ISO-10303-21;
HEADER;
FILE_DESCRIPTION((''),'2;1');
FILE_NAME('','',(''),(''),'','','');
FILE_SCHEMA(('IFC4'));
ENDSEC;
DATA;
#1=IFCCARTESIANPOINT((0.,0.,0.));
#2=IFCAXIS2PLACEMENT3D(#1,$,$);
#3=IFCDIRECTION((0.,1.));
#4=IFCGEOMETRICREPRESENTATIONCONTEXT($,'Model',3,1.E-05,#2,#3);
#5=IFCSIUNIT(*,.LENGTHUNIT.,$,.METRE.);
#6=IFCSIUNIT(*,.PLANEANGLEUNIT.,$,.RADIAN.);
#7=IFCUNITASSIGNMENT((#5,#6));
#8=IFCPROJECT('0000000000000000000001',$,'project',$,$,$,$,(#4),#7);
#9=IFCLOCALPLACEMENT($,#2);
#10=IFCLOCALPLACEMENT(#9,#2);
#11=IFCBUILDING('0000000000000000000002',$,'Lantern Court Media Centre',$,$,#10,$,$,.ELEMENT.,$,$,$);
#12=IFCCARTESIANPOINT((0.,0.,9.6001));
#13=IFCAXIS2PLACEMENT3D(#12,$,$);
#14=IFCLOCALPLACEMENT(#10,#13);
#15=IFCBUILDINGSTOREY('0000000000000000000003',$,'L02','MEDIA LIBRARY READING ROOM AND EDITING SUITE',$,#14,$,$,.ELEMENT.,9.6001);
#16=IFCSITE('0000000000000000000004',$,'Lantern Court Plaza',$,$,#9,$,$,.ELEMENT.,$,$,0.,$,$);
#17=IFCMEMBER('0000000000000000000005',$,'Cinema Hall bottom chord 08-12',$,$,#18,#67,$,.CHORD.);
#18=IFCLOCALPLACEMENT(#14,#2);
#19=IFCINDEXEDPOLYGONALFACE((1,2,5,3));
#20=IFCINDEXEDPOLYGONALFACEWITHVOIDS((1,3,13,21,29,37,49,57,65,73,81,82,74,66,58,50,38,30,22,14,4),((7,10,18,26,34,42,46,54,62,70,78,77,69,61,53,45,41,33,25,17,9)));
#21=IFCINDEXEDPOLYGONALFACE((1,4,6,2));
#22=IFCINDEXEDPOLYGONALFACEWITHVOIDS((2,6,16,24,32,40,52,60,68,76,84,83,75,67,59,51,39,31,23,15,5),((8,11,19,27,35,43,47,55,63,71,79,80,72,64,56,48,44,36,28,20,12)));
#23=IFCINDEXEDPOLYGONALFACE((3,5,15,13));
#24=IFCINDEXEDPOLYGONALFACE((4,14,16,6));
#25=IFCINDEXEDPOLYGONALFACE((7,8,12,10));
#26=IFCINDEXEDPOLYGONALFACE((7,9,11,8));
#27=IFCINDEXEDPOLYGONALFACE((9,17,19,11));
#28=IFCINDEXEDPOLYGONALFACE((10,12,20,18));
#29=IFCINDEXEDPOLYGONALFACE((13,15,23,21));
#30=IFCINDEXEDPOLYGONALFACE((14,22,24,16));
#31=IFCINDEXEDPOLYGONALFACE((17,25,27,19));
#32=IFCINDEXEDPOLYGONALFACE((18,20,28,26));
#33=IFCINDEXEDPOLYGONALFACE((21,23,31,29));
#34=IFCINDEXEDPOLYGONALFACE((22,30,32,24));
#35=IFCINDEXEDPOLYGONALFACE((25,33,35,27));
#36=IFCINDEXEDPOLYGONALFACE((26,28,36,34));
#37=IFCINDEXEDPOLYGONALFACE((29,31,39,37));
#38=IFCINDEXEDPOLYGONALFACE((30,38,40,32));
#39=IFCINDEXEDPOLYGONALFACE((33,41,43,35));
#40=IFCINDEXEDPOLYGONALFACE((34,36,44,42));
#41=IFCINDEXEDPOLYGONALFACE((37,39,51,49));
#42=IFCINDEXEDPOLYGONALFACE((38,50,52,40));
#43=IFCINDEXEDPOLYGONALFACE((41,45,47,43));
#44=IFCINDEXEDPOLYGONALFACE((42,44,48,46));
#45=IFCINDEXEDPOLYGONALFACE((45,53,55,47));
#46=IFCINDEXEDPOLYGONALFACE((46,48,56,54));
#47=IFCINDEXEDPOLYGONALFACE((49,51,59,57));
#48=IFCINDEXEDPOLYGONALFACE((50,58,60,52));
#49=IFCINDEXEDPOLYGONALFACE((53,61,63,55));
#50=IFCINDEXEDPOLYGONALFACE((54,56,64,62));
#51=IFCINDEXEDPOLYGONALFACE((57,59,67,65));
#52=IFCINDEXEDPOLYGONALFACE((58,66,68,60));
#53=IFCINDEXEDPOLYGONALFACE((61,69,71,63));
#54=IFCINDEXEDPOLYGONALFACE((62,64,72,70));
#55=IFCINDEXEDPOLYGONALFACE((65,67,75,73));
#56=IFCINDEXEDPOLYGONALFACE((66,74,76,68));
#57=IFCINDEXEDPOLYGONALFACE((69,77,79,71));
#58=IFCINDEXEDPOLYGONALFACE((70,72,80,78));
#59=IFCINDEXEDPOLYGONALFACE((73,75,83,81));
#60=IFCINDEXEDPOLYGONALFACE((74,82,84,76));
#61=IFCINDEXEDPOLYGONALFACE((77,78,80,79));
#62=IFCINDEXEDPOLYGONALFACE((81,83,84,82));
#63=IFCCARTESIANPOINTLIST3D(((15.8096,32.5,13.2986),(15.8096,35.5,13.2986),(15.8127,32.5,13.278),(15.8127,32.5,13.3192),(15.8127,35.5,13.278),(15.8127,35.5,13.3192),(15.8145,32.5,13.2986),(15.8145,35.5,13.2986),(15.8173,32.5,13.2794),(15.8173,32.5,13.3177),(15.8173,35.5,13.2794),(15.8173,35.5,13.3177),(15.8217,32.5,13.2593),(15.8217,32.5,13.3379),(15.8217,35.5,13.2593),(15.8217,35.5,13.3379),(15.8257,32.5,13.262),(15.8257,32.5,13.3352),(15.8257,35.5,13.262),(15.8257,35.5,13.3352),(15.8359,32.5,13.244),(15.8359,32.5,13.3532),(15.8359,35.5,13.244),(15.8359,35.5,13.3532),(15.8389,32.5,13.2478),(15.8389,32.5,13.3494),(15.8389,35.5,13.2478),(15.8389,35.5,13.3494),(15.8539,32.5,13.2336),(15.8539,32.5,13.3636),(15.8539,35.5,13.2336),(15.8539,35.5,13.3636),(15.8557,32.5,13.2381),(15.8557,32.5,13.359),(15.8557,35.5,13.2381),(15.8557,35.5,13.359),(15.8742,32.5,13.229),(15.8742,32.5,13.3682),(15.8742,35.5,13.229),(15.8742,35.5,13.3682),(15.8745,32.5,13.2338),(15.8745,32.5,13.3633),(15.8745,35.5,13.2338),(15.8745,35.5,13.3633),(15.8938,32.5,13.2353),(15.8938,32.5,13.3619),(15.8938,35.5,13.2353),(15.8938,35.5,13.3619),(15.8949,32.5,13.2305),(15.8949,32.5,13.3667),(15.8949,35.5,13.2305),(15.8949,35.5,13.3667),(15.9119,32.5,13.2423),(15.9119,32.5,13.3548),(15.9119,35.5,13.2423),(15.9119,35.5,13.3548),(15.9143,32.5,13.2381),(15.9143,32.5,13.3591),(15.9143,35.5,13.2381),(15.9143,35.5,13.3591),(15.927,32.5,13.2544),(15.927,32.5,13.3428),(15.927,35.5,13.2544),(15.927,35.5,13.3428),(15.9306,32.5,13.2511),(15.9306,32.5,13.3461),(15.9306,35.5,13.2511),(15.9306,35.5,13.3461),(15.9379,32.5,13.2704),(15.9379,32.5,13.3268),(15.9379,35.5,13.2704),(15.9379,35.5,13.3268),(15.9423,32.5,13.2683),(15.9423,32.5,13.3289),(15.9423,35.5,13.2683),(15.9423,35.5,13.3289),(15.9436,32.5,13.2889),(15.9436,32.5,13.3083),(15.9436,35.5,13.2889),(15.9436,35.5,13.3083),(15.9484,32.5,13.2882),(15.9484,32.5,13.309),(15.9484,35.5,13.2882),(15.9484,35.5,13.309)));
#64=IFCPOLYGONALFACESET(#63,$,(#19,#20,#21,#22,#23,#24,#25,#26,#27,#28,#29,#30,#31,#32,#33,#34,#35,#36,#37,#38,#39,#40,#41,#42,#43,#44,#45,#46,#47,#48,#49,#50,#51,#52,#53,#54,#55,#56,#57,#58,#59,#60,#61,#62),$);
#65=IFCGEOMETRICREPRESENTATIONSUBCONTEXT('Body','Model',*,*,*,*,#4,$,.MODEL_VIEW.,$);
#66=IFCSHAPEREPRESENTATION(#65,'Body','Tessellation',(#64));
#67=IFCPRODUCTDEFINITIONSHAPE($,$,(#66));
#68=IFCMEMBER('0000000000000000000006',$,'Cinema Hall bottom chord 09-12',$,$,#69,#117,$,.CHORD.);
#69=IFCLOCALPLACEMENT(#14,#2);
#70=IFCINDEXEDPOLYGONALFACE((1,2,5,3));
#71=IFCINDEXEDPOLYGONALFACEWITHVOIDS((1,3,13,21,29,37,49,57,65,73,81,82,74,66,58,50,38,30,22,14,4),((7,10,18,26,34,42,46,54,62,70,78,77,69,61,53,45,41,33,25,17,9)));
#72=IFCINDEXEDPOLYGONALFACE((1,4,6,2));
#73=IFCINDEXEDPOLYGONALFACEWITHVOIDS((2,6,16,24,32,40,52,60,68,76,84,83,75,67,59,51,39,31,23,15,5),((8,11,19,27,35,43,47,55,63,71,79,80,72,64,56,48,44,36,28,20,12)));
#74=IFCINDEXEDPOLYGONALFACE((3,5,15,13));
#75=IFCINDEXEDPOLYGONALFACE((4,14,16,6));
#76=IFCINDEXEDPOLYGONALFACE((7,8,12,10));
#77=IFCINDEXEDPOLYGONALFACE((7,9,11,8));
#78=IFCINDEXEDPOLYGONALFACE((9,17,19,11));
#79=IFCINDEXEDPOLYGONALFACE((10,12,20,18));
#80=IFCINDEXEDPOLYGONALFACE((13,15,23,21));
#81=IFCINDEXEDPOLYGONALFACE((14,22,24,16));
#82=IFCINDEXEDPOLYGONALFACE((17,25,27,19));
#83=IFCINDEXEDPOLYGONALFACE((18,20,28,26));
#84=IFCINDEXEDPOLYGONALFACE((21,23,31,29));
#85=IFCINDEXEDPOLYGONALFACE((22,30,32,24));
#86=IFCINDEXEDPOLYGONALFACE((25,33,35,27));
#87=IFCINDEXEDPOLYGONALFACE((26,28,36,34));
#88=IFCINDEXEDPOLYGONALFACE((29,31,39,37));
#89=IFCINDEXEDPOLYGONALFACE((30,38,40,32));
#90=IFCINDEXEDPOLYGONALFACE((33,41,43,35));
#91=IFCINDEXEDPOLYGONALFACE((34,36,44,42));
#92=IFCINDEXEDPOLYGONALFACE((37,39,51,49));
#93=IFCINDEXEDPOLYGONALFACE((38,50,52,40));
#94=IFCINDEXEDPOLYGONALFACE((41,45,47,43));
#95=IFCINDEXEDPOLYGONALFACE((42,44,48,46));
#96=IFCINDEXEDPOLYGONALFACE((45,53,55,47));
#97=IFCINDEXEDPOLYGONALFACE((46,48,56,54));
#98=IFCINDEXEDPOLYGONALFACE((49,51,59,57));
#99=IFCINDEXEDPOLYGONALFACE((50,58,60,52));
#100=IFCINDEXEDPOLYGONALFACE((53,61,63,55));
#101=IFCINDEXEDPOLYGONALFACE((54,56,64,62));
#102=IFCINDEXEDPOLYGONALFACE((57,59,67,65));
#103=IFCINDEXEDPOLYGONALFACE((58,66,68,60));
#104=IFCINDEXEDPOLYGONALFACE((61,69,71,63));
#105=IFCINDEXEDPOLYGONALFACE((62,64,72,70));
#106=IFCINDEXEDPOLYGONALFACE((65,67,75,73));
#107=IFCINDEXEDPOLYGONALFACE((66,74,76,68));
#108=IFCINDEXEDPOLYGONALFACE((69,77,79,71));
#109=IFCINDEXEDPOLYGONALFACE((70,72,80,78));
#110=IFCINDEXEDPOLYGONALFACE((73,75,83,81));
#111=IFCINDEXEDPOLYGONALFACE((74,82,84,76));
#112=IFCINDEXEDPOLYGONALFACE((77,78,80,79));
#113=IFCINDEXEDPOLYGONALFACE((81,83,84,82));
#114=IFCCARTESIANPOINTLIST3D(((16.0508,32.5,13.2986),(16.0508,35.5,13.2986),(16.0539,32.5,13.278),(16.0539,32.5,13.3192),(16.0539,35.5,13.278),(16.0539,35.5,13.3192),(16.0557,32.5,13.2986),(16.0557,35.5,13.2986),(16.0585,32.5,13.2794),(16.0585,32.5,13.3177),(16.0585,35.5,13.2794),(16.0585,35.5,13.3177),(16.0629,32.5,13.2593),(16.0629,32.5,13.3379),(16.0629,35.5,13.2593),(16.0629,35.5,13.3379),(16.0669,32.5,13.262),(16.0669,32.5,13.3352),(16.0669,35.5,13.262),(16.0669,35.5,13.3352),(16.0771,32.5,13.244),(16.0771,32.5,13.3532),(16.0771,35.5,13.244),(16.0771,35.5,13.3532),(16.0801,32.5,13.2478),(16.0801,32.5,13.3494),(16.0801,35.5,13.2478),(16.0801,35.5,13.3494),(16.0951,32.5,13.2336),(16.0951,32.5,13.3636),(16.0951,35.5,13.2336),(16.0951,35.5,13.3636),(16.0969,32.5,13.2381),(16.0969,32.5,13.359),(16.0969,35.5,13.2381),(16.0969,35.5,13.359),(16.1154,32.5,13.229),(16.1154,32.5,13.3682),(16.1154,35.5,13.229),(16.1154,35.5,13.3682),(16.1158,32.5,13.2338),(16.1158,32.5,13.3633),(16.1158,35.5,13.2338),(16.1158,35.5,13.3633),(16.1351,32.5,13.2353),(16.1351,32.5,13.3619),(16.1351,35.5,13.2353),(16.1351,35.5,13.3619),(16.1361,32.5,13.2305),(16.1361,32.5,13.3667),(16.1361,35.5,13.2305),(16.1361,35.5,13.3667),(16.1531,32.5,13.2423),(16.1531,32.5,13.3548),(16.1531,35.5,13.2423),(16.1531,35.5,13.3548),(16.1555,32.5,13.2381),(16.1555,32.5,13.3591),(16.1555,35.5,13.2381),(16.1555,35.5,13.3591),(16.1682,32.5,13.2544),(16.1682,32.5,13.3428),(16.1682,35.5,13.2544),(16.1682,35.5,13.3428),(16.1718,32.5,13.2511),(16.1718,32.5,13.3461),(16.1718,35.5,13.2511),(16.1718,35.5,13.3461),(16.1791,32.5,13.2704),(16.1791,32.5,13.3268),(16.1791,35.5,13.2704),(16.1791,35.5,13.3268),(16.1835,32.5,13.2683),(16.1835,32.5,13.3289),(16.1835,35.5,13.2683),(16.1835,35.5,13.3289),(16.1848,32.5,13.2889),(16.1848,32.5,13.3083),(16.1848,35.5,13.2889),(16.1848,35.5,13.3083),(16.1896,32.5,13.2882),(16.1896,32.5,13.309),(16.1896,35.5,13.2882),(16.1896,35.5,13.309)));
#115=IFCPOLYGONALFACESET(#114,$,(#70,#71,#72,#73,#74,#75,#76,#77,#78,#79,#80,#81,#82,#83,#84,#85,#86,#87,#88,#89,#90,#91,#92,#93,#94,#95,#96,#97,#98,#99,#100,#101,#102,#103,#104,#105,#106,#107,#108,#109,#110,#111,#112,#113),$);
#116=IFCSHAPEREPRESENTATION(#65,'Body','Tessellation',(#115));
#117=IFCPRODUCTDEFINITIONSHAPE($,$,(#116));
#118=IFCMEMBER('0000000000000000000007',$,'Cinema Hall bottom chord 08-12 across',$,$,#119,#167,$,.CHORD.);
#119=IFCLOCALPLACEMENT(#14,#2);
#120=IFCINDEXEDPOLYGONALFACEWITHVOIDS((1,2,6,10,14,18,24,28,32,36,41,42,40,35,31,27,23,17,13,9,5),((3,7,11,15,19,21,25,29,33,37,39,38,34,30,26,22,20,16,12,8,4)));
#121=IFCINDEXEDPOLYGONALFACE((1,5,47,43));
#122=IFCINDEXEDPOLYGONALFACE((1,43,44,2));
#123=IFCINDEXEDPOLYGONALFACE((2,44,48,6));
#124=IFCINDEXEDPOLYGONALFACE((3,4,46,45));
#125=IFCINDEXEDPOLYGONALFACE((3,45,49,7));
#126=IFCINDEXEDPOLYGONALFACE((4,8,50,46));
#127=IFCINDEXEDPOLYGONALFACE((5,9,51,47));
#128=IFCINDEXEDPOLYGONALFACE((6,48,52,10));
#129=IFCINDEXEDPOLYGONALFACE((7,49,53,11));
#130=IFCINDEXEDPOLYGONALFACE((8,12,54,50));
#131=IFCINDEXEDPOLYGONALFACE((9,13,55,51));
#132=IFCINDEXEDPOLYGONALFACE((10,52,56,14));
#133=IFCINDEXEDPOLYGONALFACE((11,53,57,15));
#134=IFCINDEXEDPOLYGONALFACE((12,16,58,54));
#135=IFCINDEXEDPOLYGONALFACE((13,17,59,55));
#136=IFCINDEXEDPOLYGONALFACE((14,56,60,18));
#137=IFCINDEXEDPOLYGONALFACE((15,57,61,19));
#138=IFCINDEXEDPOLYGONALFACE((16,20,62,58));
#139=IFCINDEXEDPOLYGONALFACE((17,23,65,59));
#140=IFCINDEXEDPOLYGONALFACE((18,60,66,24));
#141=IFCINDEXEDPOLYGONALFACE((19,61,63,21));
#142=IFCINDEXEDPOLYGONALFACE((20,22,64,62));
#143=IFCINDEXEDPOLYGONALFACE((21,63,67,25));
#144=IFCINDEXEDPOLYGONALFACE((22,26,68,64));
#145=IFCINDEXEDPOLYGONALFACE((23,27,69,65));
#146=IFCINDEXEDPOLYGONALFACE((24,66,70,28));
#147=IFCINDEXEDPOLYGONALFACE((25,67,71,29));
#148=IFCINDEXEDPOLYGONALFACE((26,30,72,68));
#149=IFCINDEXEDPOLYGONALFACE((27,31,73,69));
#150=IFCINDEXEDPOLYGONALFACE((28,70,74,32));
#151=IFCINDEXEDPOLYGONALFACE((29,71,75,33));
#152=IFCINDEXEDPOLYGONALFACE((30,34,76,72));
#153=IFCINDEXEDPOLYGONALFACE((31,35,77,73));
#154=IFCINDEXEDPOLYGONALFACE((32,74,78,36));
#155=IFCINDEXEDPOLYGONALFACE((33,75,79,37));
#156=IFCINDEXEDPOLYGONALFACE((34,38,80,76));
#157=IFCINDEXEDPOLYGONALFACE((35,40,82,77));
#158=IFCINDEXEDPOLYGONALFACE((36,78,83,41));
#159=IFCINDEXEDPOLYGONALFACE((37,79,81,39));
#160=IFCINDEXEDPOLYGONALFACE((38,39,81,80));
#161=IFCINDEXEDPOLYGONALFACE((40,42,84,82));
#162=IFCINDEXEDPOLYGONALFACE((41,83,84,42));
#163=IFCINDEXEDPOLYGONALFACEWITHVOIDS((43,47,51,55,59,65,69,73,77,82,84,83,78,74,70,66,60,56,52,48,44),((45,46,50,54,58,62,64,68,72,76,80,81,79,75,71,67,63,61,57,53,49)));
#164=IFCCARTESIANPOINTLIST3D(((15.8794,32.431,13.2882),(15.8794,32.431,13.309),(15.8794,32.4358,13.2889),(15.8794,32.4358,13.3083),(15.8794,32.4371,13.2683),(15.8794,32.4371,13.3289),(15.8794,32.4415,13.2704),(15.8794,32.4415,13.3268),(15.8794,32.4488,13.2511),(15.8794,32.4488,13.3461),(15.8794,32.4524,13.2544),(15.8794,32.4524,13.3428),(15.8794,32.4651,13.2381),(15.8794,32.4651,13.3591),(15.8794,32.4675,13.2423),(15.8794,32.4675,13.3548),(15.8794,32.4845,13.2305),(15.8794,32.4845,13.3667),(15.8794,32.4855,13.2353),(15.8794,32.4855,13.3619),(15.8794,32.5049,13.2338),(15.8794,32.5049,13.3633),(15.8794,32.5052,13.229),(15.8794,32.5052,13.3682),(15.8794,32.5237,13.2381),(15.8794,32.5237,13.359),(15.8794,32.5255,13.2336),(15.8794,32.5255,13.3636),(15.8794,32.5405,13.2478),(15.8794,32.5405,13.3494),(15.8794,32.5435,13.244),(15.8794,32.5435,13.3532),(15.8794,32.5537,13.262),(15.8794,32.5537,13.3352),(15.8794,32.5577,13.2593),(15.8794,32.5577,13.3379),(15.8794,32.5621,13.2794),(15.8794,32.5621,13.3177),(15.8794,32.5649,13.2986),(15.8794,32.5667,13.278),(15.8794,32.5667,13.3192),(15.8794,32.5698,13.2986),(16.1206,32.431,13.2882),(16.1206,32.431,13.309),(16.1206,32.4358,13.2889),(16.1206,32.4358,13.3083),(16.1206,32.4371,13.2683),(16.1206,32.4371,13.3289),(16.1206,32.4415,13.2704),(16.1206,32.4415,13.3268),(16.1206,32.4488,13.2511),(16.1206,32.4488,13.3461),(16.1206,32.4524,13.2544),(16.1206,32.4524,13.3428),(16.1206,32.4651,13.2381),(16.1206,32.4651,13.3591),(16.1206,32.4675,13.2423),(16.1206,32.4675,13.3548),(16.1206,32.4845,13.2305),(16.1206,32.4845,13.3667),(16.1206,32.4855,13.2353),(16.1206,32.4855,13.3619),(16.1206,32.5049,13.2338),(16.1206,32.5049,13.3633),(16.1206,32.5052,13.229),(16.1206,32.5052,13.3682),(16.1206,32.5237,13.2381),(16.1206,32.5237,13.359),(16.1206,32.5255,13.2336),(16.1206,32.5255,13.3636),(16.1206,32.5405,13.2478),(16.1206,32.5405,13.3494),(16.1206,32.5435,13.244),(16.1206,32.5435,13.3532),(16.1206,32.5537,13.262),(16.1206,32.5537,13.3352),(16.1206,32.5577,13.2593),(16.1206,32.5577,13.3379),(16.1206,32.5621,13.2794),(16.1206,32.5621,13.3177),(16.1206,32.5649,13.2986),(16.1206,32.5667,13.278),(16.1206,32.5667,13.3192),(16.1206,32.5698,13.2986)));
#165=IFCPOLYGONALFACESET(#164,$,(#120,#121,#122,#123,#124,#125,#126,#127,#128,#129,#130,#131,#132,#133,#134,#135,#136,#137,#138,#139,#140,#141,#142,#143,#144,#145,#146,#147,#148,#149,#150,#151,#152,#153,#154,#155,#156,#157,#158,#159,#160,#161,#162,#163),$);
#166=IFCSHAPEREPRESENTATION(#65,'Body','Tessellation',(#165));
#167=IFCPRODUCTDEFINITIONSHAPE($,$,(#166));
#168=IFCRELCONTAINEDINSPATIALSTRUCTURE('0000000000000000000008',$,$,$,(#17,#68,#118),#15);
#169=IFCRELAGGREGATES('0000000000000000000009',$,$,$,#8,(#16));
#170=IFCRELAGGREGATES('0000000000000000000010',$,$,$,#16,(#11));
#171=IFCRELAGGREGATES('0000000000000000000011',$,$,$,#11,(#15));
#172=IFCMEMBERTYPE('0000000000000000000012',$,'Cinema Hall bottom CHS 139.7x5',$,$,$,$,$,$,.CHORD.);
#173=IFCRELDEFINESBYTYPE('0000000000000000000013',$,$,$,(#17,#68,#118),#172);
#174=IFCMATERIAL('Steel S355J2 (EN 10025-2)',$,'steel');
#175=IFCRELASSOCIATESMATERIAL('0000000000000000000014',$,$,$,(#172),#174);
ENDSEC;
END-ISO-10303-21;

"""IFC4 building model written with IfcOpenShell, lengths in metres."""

from ifc_helpers import new_model, si_unit, direction, frame, origin, origin_2d, place, context, subcontext, project, spatial, hollow_circle, extrude, material, material_profile, profile_set, type_object, element, save


model = new_model("IFC4")

# Units and contexts
model_context = context("Model", 3, precision=1e-05, world=origin(), true_north=direction((0.0, 1.0)))
body_context = subcontext(model_context, "Body", "Model", "MODEL_VIEW")
ifc_project = project(units=[si_unit("LENGTHUNIT", "METRE"), si_unit("PLANEANGLEUNIT", "RADIAN")], contexts=[model_context])

# Site, building, storey
site_placement = place(None, origin())
site = spatial("IfcSite", under=ifc_project, at=site_placement, Name="Lantern Court Plaza", CompositionType="ELEMENT", RefElevation=0.0)
building_placement = place(site_placement, origin())
building = spatial("IfcBuilding", under=site, at=building_placement, Name="Lantern Court Media Centre", CompositionType="ELEMENT")
storey_placement = place(building_placement, frame((0.0, 0.0, 9.6001)))
storey = spatial("IfcBuildingStorey", under=building, at=storey_placement, Name="L02", Description="MEDIA LIBRARY READING ROOM AND EDITING SUITE", CompositionType="ELEMENT", Elevation=9.6001)

# Members
ifc_material = material(Name="Steel S355J2 (EN 10025-2)", Category="steel")
ifc_material_profile_1 = material_profile(ifc_material, hollow_circle(Radius=0.0698, WallThickness=0.0049, at=origin_2d()), Name="Cinema Hall bottom CHS 139.7x5")
ifc_profile_set_1 = profile_set([ifc_material_profile_1], Name="Steel S355J2 (EN 10025-2)")
member_type_1 = type_object("IfcMemberType", Name="Cinema Hall bottom CHS 139.7x5", PredefinedType="CHORD", material=ifc_profile_set_1)
for number, where, z_axis, x_axis, name in (
    (1, (15.8794, 32.5, 13.2986), (0.0, 1.0, 0.0), (-1.0, 0.0, 0.0), "Cinema Hall bottom chord 08-12"),
    (2, (16.1206, 32.5, 13.2986), (0.0, 1.0, 0.0), (-1.0, 0.0, 0.0), "Cinema Hall bottom chord 09-12"),
):
    element("IfcMember", number, at=place(storey_placement, frame(where, z_axis=z_axis, x_axis=x_axis)), inside=storey, type_object=member_type_1, Name=name, PredefinedType="CHORD", context=body_context, shape_type="SweptSolid", body=[
        extrude(hollow_circle(Radius=0.0698, WallThickness=0.0049, at=origin_2d()), origin(), (0.0, 0.0, 1.0), 3.0),
    ])
member_1_placement = place(storey_placement, frame((15.8794, 32.5, 13.2986), z_axis=(1.0, 0.0, 0.0), x_axis=(0.0, 1.0, 0.0)))
element("IfcMember", 3, at=member_1_placement, inside=storey, type_object=member_type_1, Name="Cinema Hall bottom chord 08-12 across", PredefinedType="CHORD", context=body_context, shape_type="SweptSolid", body=[
    extrude(hollow_circle(Radius=0.0698, WallThickness=0.0049, at=origin_2d()), origin(), (0.0, 0.0, 1.0), 0.2412),
])

save(model, "model.ifc")
